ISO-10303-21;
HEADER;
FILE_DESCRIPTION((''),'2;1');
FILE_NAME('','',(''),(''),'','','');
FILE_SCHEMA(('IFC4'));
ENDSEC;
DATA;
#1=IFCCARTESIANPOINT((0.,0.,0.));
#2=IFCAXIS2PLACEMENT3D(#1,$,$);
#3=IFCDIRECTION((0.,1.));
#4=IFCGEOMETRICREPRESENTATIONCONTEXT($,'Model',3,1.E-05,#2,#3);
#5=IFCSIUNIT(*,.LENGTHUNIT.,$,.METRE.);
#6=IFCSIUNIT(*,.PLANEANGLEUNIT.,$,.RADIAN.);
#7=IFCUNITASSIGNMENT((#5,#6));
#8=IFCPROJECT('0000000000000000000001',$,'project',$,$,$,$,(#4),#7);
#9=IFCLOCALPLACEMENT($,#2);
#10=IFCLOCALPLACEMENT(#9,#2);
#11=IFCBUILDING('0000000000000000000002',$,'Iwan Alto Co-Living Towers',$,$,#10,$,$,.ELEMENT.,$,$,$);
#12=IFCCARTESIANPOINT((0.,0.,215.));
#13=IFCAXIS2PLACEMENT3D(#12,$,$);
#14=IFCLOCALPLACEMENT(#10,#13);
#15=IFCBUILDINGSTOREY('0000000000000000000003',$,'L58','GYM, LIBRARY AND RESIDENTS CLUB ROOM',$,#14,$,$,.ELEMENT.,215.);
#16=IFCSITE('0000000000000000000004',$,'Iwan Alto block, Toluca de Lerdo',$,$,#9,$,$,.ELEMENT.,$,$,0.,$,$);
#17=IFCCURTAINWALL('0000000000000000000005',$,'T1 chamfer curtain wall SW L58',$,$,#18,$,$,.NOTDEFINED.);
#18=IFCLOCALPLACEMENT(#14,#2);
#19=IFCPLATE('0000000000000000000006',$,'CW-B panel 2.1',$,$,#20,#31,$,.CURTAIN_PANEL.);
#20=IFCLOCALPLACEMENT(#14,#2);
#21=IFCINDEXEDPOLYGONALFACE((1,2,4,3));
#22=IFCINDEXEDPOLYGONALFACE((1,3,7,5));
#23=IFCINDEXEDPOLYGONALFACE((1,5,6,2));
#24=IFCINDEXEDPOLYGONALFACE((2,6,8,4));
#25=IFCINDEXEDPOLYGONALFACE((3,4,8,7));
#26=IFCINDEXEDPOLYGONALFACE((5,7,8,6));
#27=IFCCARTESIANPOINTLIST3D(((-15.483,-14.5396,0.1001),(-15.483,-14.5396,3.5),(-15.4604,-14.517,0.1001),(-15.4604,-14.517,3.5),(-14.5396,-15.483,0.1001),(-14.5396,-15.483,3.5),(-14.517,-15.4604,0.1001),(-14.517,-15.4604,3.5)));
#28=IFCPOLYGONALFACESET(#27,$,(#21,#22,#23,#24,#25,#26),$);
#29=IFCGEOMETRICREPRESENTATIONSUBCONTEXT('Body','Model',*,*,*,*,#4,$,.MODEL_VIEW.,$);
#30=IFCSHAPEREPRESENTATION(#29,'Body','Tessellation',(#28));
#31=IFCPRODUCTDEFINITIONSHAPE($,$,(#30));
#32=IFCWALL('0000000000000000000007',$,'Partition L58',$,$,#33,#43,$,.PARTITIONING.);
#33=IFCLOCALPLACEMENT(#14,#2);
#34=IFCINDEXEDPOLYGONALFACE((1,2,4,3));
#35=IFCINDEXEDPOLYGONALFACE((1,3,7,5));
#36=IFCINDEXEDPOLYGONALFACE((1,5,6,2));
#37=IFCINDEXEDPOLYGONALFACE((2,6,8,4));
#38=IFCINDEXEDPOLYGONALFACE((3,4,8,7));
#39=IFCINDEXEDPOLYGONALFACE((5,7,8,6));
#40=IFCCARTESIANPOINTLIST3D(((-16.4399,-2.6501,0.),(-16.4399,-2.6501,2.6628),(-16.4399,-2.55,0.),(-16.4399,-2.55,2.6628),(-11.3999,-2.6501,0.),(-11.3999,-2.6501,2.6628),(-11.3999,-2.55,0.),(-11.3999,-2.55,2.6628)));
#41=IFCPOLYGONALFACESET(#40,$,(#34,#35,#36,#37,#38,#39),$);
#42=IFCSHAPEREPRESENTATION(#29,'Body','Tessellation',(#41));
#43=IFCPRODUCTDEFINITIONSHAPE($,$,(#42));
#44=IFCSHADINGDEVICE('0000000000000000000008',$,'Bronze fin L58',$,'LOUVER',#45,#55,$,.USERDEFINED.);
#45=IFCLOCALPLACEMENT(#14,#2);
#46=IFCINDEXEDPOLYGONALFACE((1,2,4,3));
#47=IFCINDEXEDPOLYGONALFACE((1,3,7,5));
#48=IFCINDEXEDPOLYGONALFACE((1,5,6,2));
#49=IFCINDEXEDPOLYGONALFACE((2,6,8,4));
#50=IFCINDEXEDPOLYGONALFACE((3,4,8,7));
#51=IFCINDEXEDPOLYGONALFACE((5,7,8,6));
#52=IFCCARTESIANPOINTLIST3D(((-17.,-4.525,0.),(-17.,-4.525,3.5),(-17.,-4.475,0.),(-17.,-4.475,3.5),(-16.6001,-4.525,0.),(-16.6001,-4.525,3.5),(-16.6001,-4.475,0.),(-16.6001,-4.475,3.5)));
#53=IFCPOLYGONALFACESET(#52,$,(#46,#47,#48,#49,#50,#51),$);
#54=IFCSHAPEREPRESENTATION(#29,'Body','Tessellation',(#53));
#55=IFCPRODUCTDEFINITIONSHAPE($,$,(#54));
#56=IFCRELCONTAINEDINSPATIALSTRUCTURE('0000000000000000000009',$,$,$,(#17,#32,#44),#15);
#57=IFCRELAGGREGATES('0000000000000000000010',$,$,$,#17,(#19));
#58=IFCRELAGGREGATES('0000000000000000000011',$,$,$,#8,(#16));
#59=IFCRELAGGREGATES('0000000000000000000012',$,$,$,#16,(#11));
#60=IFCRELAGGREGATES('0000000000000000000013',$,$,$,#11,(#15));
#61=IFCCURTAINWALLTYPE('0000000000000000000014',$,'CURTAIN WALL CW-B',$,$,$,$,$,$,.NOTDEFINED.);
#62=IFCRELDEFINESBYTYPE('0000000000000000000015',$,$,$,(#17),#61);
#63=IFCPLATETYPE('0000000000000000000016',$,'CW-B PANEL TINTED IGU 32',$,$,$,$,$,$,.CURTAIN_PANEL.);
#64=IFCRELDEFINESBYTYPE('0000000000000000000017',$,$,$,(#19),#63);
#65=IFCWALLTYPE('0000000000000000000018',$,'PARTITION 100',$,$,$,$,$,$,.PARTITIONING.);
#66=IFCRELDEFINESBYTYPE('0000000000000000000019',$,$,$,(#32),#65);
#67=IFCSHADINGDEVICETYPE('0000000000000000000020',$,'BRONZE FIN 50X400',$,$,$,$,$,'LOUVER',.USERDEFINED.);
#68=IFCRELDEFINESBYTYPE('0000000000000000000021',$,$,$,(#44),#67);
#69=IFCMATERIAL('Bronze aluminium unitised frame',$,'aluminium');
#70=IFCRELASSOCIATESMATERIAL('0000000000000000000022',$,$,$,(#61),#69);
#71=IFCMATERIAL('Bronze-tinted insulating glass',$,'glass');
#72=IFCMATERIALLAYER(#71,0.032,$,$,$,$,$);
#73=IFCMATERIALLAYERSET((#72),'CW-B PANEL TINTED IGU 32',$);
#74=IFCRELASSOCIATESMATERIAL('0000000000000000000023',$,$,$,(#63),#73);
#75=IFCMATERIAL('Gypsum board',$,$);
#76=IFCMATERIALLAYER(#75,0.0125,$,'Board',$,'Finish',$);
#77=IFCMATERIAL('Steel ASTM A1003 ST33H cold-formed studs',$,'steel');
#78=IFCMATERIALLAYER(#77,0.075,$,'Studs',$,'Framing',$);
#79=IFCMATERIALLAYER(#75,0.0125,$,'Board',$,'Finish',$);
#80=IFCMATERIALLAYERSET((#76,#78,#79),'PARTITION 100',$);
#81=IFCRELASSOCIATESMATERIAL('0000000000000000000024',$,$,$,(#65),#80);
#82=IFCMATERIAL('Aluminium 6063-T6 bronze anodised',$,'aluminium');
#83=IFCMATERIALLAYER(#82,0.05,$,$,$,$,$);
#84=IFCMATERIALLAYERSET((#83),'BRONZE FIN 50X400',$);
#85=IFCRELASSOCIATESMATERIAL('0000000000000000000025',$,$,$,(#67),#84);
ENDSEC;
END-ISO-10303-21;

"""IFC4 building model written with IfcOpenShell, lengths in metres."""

from ifc_helpers import new_model, si_unit, direction, frame, frame_2d, origin, origin_2d, place, context, subcontext, project, spatial, rectangle, extrude, material, layer, layer_set, type_object, element, aggregate, save


model = new_model("IFC4")

# Units and contexts
model_context = context("Model", 3, precision=1e-05, world=origin(), true_north=direction((0.0, 1.0)))
body_context = subcontext(model_context, "Body", "Model", "MODEL_VIEW")
ifc_project = project(units=[si_unit("LENGTHUNIT", "METRE"), si_unit("PLANEANGLEUNIT", "RADIAN")], contexts=[model_context])

# Site, building, storey
site_placement = place(None, origin())
site = spatial("IfcSite", under=ifc_project, at=site_placement, Name="Iwan Alto block, Toluca de Lerdo", CompositionType="ELEMENT", RefElevation=0.0)
building_placement = place(site_placement, origin())
building = spatial("IfcBuilding", under=site, at=building_placement, Name="Iwan Alto Co-Living Towers", CompositionType="ELEMENT")
storey_placement = place(building_placement, frame((0.0, 0.0, 215.0)))
storey = spatial("IfcBuildingStorey", under=building, at=storey_placement, Name="L58", Description="GYM, LIBRARY AND RESIDENTS CLUB ROOM", CompositionType="ELEMENT", Elevation=215.0)

# Curtain wall
ifc_material_1 = material(Name="Bronze aluminium unitised frame", Category="aluminium")
curtain_wall_type_1 = type_object("IfcCurtainWallType", Name="CURTAIN WALL CW-B", PredefinedType="NOTDEFINED", material=ifc_material_1)
curtain_wall_1_placement = place(storey_placement, origin())
curtain_wall_1 = element("IfcCurtainWall", 1, at=curtain_wall_1_placement, inside=storey, type_object=curtain_wall_type_1, Name="T1 chamfer curtain wall SW L58", PredefinedType="NOTDEFINED")

# Plate
ifc_material_2 = material(Name="Bronze-tinted insulating glass", Category="glass")
ifc_layer_1 = layer(ifc_material_2, 0.032)
ifc_layer_set_1 = layer_set([ifc_layer_1], Name="CW-B PANEL TINTED IGU 32")
plate_type_1 = type_object("IfcPlateType", Name="CW-B PANEL TINTED IGU 32", PredefinedType="CURTAIN_PANEL", material=ifc_layer_set_1)
plate_1_placement = place(storey_placement, frame((-15.0, -15.0, 0.1001), z_axis=(0.0, 0.0, 1.0), x_axis=(0.707107, -0.707107, 0.0)))
plate_1 = element("IfcPlate", 2, at=plate_1_placement, type_object=plate_type_1, Name="CW-B panel 2.1", PredefinedType="CURTAIN_PANEL", context=body_context, shape_type="SweptSolid", body=[
    extrude(rectangle(XDim=1.3342, YDim=0.032, at=origin_2d()), origin(), (0.0, 0.0, 1.0), 3.3999),
])
aggregate(curtain_wall_1, [plate_1])

# Wall
ifc_material_3 = material(Name="Gypsum board")
ifc_layer_2 = layer(ifc_material_3, 0.0125, Name="Board", Category="Finish")
ifc_material_4 = material(Name="Steel ASTM A1003 ST33H cold-formed studs", Category="steel")
ifc_layer_3 = layer(ifc_material_4, 0.075, Name="Studs", Category="Framing")
ifc_layer_4 = layer(ifc_material_3, 0.0125, Name="Board", Category="Finish")
ifc_layer_set_2 = layer_set([ifc_layer_2, ifc_layer_3, ifc_layer_4], Name="PARTITION 100")
wall_type = type_object("IfcWallType", Name="PARTITION 100", PredefinedType="PARTITIONING", material=ifc_layer_set_2)
wall_placement = place(storey_placement, frame((-16.4399, -2.6001, 0.0), z_axis=(0.0, 0.0, 1.0), x_axis=(1.0, 0.0, 0.0)))
element("IfcWall", 3, at=wall_placement, inside=storey, type_object=wall_type, Name="Partition L58", PredefinedType="PARTITIONING", context=body_context, shape_type="SweptSolid", body=[
    extrude(rectangle(XDim=5.04, YDim=0.1001, at=frame_2d((2.52, 0.0))), origin(), (0.0, 0.0, 1.0), 2.6628),
])

# Shading device
ifc_material_5 = material(Name="Aluminium 6063-T6 bronze anodised", Category="aluminium")
ifc_layer_5 = layer(ifc_material_5, 0.05)
ifc_layer_set_3 = layer_set([ifc_layer_5], Name="BRONZE FIN 50X400")
shading_device_type = type_object("IfcShadingDeviceType", Name="BRONZE FIN 50X400", ElementType="LOUVER", PredefinedType="USERDEFINED", material=ifc_layer_set_3)
shading_device_placement = place(storey_placement, frame((-16.8, -4.5, 0.0), z_axis=(0.0, 0.0, 1.0), x_axis=(0.0, -1.0, 0.0)))
element("IfcShadingDevice", 4, at=shading_device_placement, inside=storey, type_object=shading_device_type, Name="Bronze fin L58", ObjectType="LOUVER", PredefinedType="USERDEFINED", context=body_context, shape_type="SweptSolid", body=[
    extrude(rectangle(XDim=0.05, YDim=0.3999, at=origin_2d()), origin(), (0.0, 0.0, 1.0), 3.5),
])

save(model, "model.ifc")
